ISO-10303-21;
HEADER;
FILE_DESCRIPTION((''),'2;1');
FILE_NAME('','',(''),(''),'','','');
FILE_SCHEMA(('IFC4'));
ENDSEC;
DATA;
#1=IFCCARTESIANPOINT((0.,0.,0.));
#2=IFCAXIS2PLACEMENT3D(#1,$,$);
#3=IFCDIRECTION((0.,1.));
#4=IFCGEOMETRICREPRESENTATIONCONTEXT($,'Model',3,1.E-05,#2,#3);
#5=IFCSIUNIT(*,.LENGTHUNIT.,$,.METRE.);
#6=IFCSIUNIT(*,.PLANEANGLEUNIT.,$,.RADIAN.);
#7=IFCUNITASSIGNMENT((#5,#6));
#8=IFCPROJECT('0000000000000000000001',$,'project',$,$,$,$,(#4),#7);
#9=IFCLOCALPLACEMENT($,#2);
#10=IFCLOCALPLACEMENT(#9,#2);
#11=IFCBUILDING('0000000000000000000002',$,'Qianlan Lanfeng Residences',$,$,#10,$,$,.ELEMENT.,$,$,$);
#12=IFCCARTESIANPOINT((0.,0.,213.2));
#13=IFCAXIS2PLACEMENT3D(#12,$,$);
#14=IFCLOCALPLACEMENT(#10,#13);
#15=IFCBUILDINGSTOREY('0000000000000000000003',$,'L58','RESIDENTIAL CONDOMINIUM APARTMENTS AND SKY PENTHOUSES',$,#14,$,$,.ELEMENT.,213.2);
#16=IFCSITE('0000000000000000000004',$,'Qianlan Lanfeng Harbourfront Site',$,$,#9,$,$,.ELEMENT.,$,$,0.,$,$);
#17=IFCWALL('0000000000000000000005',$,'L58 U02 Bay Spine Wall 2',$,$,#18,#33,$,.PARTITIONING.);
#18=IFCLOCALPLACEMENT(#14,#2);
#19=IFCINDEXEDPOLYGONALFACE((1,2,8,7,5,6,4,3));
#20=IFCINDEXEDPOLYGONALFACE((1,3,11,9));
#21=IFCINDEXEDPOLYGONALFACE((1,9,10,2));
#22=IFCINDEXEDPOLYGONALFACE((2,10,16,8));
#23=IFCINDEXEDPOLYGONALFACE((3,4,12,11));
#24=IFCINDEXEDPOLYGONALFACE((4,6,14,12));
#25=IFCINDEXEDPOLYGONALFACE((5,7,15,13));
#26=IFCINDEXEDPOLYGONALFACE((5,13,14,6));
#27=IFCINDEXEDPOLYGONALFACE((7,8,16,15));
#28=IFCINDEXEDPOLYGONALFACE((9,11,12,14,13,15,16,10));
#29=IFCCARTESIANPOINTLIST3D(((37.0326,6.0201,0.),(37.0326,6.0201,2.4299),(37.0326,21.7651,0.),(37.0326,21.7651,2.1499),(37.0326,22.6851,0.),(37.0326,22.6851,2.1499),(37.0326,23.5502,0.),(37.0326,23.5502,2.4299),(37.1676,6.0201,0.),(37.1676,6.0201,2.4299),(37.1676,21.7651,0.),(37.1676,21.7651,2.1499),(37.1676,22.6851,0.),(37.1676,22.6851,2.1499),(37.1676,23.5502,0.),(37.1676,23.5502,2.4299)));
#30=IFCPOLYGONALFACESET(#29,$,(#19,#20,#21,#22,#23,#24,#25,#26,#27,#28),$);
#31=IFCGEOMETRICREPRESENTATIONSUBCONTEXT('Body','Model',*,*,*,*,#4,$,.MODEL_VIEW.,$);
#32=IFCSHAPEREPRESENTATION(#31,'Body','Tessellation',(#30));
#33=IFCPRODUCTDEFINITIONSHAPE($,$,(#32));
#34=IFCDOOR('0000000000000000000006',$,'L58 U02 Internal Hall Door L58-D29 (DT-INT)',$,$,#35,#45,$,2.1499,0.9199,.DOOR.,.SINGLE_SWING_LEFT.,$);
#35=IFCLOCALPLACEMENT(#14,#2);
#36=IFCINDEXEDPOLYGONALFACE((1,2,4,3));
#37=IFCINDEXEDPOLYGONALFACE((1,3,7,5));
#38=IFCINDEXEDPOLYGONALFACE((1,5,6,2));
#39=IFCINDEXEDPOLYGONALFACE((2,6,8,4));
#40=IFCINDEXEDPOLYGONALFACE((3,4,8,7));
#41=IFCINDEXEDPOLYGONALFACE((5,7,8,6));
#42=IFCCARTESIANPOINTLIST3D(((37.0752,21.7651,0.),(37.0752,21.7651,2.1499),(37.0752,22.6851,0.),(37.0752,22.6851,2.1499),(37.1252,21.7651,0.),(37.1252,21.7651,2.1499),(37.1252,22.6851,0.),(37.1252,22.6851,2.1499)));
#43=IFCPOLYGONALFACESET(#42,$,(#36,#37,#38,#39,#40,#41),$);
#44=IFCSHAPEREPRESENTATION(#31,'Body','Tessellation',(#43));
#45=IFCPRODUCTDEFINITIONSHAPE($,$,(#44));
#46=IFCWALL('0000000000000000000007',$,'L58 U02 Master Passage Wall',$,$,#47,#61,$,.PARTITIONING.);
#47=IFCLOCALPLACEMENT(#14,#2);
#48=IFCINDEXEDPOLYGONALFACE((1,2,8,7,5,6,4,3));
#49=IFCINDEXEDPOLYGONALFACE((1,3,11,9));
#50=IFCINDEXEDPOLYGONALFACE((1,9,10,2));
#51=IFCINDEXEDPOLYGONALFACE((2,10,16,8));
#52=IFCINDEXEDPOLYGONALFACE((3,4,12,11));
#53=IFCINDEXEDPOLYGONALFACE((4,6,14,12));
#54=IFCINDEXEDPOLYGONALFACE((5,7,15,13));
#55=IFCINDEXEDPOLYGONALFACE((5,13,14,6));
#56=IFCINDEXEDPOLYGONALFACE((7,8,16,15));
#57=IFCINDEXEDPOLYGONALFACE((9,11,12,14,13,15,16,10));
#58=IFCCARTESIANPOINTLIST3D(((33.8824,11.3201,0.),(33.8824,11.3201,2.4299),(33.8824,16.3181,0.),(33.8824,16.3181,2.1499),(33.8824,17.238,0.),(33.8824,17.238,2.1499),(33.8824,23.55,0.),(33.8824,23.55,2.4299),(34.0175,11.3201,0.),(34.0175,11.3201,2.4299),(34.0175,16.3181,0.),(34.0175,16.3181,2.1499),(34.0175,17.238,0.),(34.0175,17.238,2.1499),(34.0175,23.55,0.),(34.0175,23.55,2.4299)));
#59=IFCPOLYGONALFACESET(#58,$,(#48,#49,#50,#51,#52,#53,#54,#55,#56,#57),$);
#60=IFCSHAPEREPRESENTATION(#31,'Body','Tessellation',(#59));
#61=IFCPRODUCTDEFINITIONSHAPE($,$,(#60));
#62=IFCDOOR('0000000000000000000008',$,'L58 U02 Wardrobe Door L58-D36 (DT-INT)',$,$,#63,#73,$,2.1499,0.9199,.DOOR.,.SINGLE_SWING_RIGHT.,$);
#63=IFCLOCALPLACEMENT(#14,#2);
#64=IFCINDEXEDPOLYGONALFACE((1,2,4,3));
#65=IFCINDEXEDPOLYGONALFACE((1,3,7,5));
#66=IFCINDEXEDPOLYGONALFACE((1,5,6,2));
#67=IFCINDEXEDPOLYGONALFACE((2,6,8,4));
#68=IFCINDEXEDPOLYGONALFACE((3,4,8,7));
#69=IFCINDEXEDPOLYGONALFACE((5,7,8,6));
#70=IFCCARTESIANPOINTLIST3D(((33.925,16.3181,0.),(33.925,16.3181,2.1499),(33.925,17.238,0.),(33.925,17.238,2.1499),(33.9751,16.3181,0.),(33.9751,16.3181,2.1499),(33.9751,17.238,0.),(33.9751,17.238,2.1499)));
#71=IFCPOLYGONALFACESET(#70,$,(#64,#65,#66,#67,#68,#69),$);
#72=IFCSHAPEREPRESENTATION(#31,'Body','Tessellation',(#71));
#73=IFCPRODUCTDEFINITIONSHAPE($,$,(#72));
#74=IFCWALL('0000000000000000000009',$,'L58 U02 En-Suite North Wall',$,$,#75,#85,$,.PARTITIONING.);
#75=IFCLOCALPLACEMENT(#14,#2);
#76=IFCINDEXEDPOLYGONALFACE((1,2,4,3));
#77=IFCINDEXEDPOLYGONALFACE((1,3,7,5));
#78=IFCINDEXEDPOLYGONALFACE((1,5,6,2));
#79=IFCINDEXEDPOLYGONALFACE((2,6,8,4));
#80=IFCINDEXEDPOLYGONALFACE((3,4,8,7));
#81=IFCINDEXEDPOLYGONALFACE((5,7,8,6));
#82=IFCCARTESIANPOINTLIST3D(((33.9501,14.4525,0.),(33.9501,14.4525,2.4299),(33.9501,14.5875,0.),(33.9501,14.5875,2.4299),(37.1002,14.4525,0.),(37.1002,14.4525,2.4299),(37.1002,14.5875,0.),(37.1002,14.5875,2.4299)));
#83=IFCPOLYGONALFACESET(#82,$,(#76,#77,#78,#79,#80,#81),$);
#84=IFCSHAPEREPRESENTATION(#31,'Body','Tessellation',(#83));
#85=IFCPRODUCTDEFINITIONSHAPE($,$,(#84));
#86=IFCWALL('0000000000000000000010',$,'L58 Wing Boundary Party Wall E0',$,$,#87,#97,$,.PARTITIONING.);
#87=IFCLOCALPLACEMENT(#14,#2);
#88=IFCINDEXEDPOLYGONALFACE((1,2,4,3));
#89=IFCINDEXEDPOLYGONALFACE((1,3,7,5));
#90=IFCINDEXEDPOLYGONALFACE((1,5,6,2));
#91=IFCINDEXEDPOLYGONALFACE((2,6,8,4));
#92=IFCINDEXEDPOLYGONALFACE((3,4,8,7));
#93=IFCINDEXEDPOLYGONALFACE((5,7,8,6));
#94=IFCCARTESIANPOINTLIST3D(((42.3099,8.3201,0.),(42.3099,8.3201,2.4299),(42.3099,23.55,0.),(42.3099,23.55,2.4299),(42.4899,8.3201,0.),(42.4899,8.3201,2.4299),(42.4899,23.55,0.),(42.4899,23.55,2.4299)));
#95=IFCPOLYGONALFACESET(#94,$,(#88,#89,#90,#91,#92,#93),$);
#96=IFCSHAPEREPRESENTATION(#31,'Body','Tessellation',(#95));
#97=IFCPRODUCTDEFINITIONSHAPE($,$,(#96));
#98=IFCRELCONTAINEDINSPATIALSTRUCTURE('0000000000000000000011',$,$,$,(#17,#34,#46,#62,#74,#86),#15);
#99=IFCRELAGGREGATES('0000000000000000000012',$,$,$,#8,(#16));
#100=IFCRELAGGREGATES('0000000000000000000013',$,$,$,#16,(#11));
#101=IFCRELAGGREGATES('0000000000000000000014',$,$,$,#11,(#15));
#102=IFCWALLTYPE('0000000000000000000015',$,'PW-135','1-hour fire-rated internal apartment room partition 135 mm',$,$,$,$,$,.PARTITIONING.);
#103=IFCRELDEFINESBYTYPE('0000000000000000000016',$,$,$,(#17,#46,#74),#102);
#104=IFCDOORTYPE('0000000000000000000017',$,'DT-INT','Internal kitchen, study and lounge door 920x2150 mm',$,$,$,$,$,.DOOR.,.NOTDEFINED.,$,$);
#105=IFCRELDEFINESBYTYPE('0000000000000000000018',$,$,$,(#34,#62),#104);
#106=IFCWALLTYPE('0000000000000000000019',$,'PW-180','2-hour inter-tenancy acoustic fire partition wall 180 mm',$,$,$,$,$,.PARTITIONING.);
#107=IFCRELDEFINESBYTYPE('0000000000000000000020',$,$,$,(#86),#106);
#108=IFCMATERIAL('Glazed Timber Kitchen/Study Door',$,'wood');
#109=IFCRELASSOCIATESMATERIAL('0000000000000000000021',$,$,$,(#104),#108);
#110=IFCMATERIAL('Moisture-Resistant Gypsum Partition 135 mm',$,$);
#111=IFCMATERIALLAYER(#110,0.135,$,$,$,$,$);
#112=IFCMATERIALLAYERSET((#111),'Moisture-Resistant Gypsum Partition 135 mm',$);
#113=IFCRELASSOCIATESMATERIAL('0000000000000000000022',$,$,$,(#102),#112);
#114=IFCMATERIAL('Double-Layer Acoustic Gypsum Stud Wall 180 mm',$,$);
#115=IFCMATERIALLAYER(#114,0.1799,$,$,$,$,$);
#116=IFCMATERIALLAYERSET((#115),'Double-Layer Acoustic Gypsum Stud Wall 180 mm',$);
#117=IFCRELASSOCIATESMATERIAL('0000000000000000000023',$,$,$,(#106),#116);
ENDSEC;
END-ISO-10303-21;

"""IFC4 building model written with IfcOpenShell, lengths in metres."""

from ifc_helpers import new_model, si_unit, direction, frame, frame_2d, origin, place, context, subcontext, project, spatial, rectangle, extrude, material, layer, layer_set, type_object, element, fill, save


model = new_model("IFC4")

# Units and contexts
model_context = context("Model", 3, precision=1e-05, world=origin(), true_north=direction((0.0, 1.0)))
body_context = subcontext(model_context, "Body", "Model", "MODEL_VIEW")
ifc_project = project(units=[si_unit("LENGTHUNIT", "METRE"), si_unit("PLANEANGLEUNIT", "RADIAN")], contexts=[model_context])

# Site, building, storey
site_placement = place(None, origin())
site = spatial("IfcSite", under=ifc_project, at=site_placement, Name="Qianlan Lanfeng Harbourfront Site", CompositionType="ELEMENT", RefElevation=0.0)
building_placement = place(site_placement, origin())
building = spatial("IfcBuilding", under=site, at=building_placement, Name="Qianlan Lanfeng Residences", CompositionType="ELEMENT")
storey_placement = place(building_placement, frame((0.0, 0.0, 213.2)))
storey = spatial("IfcBuildingStorey", under=building, at=storey_placement, Name="L58", Description="RESIDENTIAL CONDOMINIUM APARTMENTS AND SKY PENTHOUSES", CompositionType="ELEMENT", Elevation=213.2)

# Shared definitions
ifc_material_1 = material(Name="Glazed Timber Kitchen/Study Door", Category="wood")
door_type_1 = type_object("IfcDoorType", Name="DT-INT", Description="Internal kitchen, study and lounge door 920x2150 mm", OperationType="NOTDEFINED", PredefinedType="DOOR", material=ifc_material_1)

# Walls, openings, doors
ifc_material_2 = material(Name="Moisture-Resistant Gypsum Partition 135 mm")
ifc_layer_1 = layer(ifc_material_2, 0.135)
ifc_layer_set_1 = layer_set([ifc_layer_1], Name="Moisture-Resistant Gypsum Partition 135 mm")
wall_type_1 = type_object("IfcWallType", Name="PW-135", Description="1-hour fire-rated internal apartment room partition 135 mm", PredefinedType="PARTITIONING", material=ifc_layer_set_1)
wall_1_placement = place(storey_placement, frame((37.1001, 6.02, 0.0), z_axis=(0.0, 0.0, 1.0), x_axis=(0.0, 1.0, 0.0)))
wall_1 = element("IfcWall", 1, at=wall_1_placement, inside=storey, type_object=wall_type_1, Name="L58 U02 Bay Spine Wall 2", PredefinedType="PARTITIONING", context=body_context, shape_type="SweptSolid", body=[
    extrude(rectangle(XDim=17.53, YDim=0.135, at=frame_2d((8.7651, 0.0))), origin(), (0.0, 0.0, 1.0), 2.4299),
])
opening_1_placement = place(wall_1_placement, frame((15.7451, 0.0, 0.0)))
opening_1 = element("IfcOpeningElement", 2, at=opening_1_placement, cuts=wall_1, PredefinedType="OPENING", context=body_context, shape_type="SweptSolid", body=[
    extrude(rectangle(XDim=0.9199, YDim=2.1499, at=frame_2d((0.46, 1.075))), frame((0.0, 0.0776, 0.0), z_axis=(0.0, -1.0, 0.0), x_axis=(1.0, 0.0, 0.0)), (0.0, 0.0, 1.0), 0.155),
])
door_1_placement = place(opening_1_placement, origin())
door_1 = element("IfcDoor", 3, at=door_1_placement, inside=storey, type_object=door_type_1, Name="L58 U02 Internal Hall Door L58-D29 (DT-INT)", OperationType="SINGLE_SWING_LEFT", OverallHeight=2.1499, OverallWidth=0.9199, PredefinedType="DOOR", context=body_context, shape_type="SweptSolid", body=[
    extrude(rectangle(XDim=0.9199, YDim=2.1499, at=frame_2d((0.46, 1.075))), frame((0.0, 0.0249, 0.0), z_axis=(0.0, -1.0, 0.0), x_axis=(1.0, 0.0, 0.0)), (0.0, 0.0, 1.0), 0.05),
])
fill(opening_1, door_1)
wall_2_placement = place(storey_placement, frame((33.95, 11.3201, 0.0), z_axis=(0.0, 0.0, 1.0), x_axis=(0.0, 1.0, 0.0)))
wall_2 = element("IfcWall", 4, at=wall_2_placement, inside=storey, type_object=wall_type_1, Name="L58 U02 Master Passage Wall", PredefinedType="PARTITIONING", context=body_context, shape_type="SweptSolid", body=[
    extrude(rectangle(XDim=12.23, YDim=0.135, at=frame_2d((6.115, 0.0))), origin(), (0.0, 0.0, 1.0), 2.4299),
])
opening_2_placement = place(wall_2_placement, frame((4.998, 0.0, 0.0)))
opening_2 = element("IfcOpeningElement", 5, at=opening_2_placement, cuts=wall_2, PredefinedType="OPENING", context=body_context, shape_type="SweptSolid", body=[
    extrude(rectangle(XDim=0.9199, YDim=2.1499, at=frame_2d((0.46, 1.075))), frame((0.0, 0.0776, 0.0), z_axis=(0.0, -1.0, 0.0), x_axis=(1.0, 0.0, 0.0)), (0.0, 0.0, 1.0), 0.155),
])
door_2_placement = place(opening_2_placement, origin())
door_2 = element("IfcDoor", 6, at=door_2_placement, inside=storey, type_object=door_type_1, Name="L58 U02 Wardrobe Door L58-D36 (DT-INT)", OperationType="SINGLE_SWING_RIGHT", OverallHeight=2.1499, OverallWidth=0.9199, PredefinedType="DOOR", context=body_context, shape_type="SweptSolid", body=[
    extrude(rectangle(XDim=0.9199, YDim=2.1499, at=frame_2d((0.46, 1.075))), frame((0.0, 0.0249, 0.0), z_axis=(0.0, -1.0, 0.0), x_axis=(1.0, 0.0, 0.0)), (0.0, 0.0, 1.0), 0.05),
])
fill(opening_2, door_2)

# Wall
wall_3_placement = place(storey_placement, frame((33.95, 14.52, 0.0), z_axis=(0.0, 0.0, 1.0), x_axis=(1.0, 0.0, 0.0)))
element("IfcWall", 7, at=wall_3_placement, inside=storey, type_object=wall_type_1, Name="L58 U02 En-Suite North Wall", PredefinedType="PARTITIONING", context=body_context, shape_type="SweptSolid", body=[
    extrude(rectangle(XDim=3.1501, YDim=0.135, at=frame_2d((1.5752, 0.0))), origin(), (0.0, 0.0, 1.0), 2.4299),
])

# Wall
ifc_material_3 = material(Name="Double-Layer Acoustic Gypsum Stud Wall 180 mm")
ifc_layer_2 = layer(ifc_material_3, 0.1799)
ifc_layer_set_2 = layer_set([ifc_layer_2], Name="Double-Layer Acoustic Gypsum Stud Wall 180 mm")
wall_type_2 = type_object("IfcWallType", Name="PW-180", Description="2-hour inter-tenancy acoustic fire partition wall 180 mm", PredefinedType="PARTITIONING", material=ifc_layer_set_2)
wall_4_placement = place(storey_placement, frame((42.3999, 8.3201, 0.0), z_axis=(0.0, 0.0, 1.0), x_axis=(0.0, 1.0, 0.0)))
element("IfcWall", 8, at=wall_4_placement, inside=storey, type_object=wall_type_2, Name="L58 Wing Boundary Party Wall E0", PredefinedType="PARTITIONING", context=body_context, shape_type="SweptSolid", body=[
    extrude(rectangle(XDim=15.23, YDim=0.1799, at=frame_2d((7.615, 0.0))), origin(), (0.0, 0.0, 1.0), 2.4299),
])

save(model, "model.ifc")
